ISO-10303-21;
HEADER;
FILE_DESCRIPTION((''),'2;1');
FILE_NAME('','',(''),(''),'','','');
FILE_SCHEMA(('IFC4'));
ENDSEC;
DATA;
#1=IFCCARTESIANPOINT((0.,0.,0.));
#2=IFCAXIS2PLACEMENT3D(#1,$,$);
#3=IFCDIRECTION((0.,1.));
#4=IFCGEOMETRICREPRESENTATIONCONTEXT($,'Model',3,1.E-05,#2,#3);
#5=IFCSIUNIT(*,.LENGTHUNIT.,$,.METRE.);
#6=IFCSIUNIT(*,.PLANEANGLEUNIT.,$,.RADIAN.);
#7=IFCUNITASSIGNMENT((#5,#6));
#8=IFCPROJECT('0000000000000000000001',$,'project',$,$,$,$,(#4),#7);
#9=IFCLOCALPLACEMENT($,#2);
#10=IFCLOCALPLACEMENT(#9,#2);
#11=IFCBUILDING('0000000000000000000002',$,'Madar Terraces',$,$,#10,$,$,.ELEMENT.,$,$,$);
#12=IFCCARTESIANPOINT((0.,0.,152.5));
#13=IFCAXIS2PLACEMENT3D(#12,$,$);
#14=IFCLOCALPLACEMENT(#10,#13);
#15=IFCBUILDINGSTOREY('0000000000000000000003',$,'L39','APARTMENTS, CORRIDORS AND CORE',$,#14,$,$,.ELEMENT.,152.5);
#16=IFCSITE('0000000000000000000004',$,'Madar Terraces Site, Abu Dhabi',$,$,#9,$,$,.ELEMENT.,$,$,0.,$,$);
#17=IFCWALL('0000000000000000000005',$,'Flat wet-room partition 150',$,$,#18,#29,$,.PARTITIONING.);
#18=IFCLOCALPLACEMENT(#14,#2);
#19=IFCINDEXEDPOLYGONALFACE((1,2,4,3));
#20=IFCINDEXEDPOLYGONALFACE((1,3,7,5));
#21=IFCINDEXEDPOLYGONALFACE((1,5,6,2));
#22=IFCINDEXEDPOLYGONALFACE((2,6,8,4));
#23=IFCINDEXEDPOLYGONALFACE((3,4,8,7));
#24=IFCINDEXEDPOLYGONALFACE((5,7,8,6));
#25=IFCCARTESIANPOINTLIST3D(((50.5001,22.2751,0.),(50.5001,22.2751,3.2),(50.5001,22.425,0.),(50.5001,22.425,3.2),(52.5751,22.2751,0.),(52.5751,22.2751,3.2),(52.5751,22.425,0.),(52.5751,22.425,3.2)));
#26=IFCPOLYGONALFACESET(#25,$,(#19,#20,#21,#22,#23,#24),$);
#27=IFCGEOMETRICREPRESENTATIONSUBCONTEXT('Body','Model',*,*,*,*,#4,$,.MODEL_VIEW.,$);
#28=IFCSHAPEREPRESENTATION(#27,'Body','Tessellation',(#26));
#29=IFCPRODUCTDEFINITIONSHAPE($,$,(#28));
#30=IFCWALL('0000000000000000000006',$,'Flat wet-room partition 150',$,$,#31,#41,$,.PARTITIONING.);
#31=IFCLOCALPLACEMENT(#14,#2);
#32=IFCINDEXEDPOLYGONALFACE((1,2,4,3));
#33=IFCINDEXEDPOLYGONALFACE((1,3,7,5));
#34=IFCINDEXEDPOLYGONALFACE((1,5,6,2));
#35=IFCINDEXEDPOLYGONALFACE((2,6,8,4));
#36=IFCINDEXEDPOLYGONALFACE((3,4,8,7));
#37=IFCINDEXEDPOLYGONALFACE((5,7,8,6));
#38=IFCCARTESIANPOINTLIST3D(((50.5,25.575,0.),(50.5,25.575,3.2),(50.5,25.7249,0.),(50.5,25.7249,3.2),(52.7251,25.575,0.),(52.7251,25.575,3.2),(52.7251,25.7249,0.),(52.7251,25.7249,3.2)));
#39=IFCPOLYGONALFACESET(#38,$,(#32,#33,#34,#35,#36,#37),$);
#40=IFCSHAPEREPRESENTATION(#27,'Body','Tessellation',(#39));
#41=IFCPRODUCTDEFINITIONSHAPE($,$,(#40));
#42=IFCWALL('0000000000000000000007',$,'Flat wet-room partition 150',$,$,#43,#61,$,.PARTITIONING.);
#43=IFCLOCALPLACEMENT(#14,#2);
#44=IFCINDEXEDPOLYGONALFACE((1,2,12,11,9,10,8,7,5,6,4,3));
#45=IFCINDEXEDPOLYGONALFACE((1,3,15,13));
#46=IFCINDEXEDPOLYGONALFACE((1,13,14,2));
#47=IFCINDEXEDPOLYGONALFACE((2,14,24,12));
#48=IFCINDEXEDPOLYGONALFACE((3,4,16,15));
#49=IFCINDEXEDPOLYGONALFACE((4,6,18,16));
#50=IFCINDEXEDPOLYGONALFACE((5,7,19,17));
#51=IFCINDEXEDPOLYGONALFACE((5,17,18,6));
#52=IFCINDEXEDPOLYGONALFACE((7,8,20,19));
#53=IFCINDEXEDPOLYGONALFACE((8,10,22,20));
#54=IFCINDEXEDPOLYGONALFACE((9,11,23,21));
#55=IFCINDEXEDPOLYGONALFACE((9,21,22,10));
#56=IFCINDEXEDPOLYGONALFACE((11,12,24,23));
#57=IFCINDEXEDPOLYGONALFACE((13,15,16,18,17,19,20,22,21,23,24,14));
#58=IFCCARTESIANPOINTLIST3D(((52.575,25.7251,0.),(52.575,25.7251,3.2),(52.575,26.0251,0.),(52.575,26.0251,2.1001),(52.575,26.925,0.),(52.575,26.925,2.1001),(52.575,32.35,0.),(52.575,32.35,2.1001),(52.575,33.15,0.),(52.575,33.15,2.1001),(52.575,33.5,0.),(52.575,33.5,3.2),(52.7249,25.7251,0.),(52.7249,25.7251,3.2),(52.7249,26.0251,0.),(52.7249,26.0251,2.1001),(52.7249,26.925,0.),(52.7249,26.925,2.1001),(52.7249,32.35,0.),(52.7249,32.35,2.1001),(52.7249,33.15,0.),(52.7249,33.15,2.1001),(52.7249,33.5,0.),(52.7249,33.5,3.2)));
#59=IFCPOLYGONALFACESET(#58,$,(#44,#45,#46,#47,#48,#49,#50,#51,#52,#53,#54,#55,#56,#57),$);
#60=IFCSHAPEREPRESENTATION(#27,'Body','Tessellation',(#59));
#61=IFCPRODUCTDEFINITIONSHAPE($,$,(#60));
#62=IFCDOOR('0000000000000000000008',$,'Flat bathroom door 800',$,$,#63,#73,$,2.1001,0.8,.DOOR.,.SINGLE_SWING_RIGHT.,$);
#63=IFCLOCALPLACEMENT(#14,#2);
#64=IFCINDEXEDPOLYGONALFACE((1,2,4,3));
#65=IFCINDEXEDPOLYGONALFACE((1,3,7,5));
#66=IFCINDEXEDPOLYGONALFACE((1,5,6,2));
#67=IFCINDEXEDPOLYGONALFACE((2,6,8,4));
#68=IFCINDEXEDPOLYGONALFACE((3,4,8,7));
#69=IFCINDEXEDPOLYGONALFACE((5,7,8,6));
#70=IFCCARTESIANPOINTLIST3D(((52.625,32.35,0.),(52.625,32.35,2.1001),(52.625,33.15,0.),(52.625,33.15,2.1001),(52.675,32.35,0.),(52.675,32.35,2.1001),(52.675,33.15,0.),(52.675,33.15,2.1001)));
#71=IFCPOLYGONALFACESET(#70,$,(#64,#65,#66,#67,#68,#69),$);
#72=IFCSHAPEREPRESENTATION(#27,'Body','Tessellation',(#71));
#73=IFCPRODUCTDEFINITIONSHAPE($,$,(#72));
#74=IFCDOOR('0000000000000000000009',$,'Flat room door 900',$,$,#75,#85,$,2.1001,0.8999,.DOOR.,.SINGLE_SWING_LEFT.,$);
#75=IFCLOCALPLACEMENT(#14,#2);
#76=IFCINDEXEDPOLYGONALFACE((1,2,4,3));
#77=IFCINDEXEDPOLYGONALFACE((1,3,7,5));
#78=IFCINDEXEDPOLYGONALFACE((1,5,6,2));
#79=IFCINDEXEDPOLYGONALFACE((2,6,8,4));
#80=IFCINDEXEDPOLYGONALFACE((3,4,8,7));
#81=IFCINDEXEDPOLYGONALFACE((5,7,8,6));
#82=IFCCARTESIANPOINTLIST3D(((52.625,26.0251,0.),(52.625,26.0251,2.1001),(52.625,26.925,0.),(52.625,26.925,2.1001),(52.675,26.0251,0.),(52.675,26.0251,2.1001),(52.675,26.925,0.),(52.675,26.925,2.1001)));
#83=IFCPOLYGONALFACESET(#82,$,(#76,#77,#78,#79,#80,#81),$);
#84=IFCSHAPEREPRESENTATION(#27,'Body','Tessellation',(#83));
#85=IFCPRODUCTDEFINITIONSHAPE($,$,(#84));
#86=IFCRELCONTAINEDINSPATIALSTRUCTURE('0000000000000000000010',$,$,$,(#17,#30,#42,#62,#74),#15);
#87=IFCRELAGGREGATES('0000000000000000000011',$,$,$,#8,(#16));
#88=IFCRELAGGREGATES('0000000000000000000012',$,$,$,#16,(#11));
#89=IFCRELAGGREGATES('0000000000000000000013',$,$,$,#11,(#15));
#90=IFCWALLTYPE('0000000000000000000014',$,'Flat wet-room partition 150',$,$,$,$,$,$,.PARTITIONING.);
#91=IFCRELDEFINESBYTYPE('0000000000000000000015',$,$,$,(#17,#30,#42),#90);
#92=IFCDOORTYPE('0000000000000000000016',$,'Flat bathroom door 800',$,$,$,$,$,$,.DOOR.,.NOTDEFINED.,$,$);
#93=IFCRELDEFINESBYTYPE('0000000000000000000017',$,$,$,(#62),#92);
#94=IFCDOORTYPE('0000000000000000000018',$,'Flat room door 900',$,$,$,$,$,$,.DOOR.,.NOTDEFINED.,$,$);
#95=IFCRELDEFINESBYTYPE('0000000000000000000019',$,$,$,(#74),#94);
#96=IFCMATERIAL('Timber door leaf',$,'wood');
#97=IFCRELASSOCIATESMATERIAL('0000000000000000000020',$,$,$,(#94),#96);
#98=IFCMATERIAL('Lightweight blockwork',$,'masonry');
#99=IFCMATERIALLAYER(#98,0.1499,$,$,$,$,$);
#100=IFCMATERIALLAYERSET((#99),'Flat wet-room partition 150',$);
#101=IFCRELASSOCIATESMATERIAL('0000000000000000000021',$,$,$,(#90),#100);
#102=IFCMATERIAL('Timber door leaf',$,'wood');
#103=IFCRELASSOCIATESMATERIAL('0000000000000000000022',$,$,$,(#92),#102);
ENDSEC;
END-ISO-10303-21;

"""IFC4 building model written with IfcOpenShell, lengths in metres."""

from ifc_helpers import new_model, si_unit, direction, frame, frame_2d, origin, place, context, subcontext, project, spatial, rectangle, extrude, material, layer, layer_set, type_object, element, fill, save


model = new_model("IFC4")

# Units and contexts
model_context = context("Model", 3, precision=1e-05, world=origin(), true_north=direction((0.0, 1.0)))
body_context = subcontext(model_context, "Body", "Model", "MODEL_VIEW")
ifc_project = project(units=[si_unit("LENGTHUNIT", "METRE"), si_unit("PLANEANGLEUNIT", "RADIAN")], contexts=[model_context])

# Site, building, storey
site_placement = place(None, origin())
site = spatial("IfcSite", under=ifc_project, at=site_placement, Name="Madar Terraces Site, Abu Dhabi", CompositionType="ELEMENT", RefElevation=0.0)
building_placement = place(site_placement, origin())
building = spatial("IfcBuilding", under=site, at=building_placement, Name="Madar Terraces", CompositionType="ELEMENT")
storey_placement = place(building_placement, frame((0.0, 0.0, 152.5)))
storey = spatial("IfcBuildingStorey", under=building, at=storey_placement, Name="L39", Description="APARTMENTS, CORRIDORS AND CORE", CompositionType="ELEMENT", Elevation=152.5)

# Shared definitions
ifc_material_1 = material(Name="Timber door leaf", Category="wood")
door_type_1 = type_object("IfcDoorType", Name="Flat room door 900", OperationType="NOTDEFINED", PredefinedType="DOOR", material=ifc_material_1)

# Walls
ifc_material_2 = material(Name="Lightweight blockwork", Category="masonry")
ifc_layer_1 = layer(ifc_material_2, 0.1499)
ifc_layer_set_1 = layer_set([ifc_layer_1], Name="Flat wet-room partition 150")
wall_type_1 = type_object("IfcWallType", Name="Flat wet-room partition 150", PredefinedType="PARTITIONING", material=ifc_layer_set_1)
wall_1_placement = place(storey_placement, frame((50.5, 22.3501, 0.0), z_axis=(0.0, 0.0, 1.0), x_axis=(1.0, 0.0, 0.0)))
element("IfcWall", 1, at=wall_1_placement, inside=storey, type_object=wall_type_1, Name="Flat wet-room partition 150", PredefinedType="PARTITIONING", context=body_context, shape_type="SweptSolid", body=[
    extrude(rectangle(XDim=2.075, YDim=0.1499, at=frame_2d((1.0376, 0.0))), origin(), (0.0, 0.0, 1.0), 3.2),
])
wall_2_placement = place(storey_placement, frame((50.5, 25.6499, 0.0), z_axis=(0.0, 0.0, 1.0), x_axis=(1.0, 0.0, 0.0)))
element("IfcWall", 2, at=wall_2_placement, inside=storey, type_object=wall_type_1, Name="Flat wet-room partition 150", PredefinedType="PARTITIONING", context=body_context, shape_type="SweptSolid", body=[
    extrude(rectangle(XDim=2.2251, YDim=0.1499, at=frame_2d((1.1125, 0.0))), origin(), (0.0, 0.0, 1.0), 3.2),
])

# Wall, openings, doors
wall_3_placement = place(storey_placement, frame((52.6499, 25.7251, 0.0), z_axis=(0.0, 0.0, 1.0), x_axis=(0.0, 1.0, 0.0)))
wall_3 = element("IfcWall", 3, at=wall_3_placement, inside=storey, type_object=wall_type_1, Name="Flat wet-room partition 150", PredefinedType="PARTITIONING", context=body_context, shape_type="SweptSolid", body=[
    extrude(rectangle(XDim=7.7749, YDim=0.1499, at=frame_2d((3.8875, 0.0))), origin(), (0.0, 0.0, 1.0), 3.2),
])
opening_1_placement = place(wall_3_placement, frame((0.3, 0.0, 0.0)))
opening_1 = element("IfcOpeningElement", 4, at=opening_1_placement, cuts=wall_3, PredefinedType="OPENING", context=body_context, shape_type="SweptSolid", body=[
    extrude(rectangle(XDim=0.8999, YDim=2.1001, at=frame_2d((0.45, 1.05))), frame((0.0, 0.085, 0.0), z_axis=(0.0, -1.0, 0.0), x_axis=(1.0, 0.0, 0.0)), (0.0, 0.0, 1.0), 0.1699),
])
opening_2_placement = place(wall_3_placement, frame((6.625, 0.0, 0.0)))
opening_2 = element("IfcOpeningElement", 5, at=opening_2_placement, cuts=wall_3, PredefinedType="OPENING", context=body_context, shape_type="SweptSolid", body=[
    extrude(rectangle(XDim=0.8, YDim=2.1001, at=frame_2d((0.3999, 1.05))), frame((0.0, 0.085, 0.0), z_axis=(0.0, -1.0, 0.0), x_axis=(1.0, 0.0, 0.0)), (0.0, 0.0, 1.0), 0.1699),
])
ifc_material_3 = material(Name="Timber door leaf", Category="wood")
door_type_2 = type_object("IfcDoorType", Name="Flat bathroom door 800", OperationType="NOTDEFINED", PredefinedType="DOOR", material=ifc_material_3)
door_1_placement = place(opening_2_placement, origin())
door_1 = element("IfcDoor", 6, at=door_1_placement, inside=storey, type_object=door_type_2, Name="Flat bathroom door 800", OperationType="SINGLE_SWING_RIGHT", OverallHeight=2.1001, OverallWidth=0.8, PredefinedType="DOOR", context=body_context, shape_type="SweptSolid", body=[
    extrude(rectangle(XDim=0.8, YDim=2.1001, at=frame_2d((0.3999, 1.05))), frame((0.0, 0.0249, 0.0), z_axis=(0.0, -1.0, 0.0), x_axis=(1.0, 0.0, 0.0)), (0.0, 0.0, 1.0), 0.05),
])
fill(opening_2, door_1)
door_2_placement = place(opening_1_placement, origin())
door_2 = element("IfcDoor", 7, at=door_2_placement, inside=storey, type_object=door_type_1, Name="Flat room door 900", OperationType="SINGLE_SWING_LEFT", OverallHeight=2.1001, OverallWidth=0.8999, PredefinedType="DOOR", context=body_context, shape_type="SweptSolid", body=[
    extrude(rectangle(XDim=0.8999, YDim=2.1001, at=frame_2d((0.45, 1.05))), frame((0.0, 0.0249, 0.0), z_axis=(0.0, -1.0, 0.0), x_axis=(1.0, 0.0, 0.0)), (0.0, 0.0, 1.0), 0.05),
])
fill(opening_1, door_2)

save(model, "model.ifc")
